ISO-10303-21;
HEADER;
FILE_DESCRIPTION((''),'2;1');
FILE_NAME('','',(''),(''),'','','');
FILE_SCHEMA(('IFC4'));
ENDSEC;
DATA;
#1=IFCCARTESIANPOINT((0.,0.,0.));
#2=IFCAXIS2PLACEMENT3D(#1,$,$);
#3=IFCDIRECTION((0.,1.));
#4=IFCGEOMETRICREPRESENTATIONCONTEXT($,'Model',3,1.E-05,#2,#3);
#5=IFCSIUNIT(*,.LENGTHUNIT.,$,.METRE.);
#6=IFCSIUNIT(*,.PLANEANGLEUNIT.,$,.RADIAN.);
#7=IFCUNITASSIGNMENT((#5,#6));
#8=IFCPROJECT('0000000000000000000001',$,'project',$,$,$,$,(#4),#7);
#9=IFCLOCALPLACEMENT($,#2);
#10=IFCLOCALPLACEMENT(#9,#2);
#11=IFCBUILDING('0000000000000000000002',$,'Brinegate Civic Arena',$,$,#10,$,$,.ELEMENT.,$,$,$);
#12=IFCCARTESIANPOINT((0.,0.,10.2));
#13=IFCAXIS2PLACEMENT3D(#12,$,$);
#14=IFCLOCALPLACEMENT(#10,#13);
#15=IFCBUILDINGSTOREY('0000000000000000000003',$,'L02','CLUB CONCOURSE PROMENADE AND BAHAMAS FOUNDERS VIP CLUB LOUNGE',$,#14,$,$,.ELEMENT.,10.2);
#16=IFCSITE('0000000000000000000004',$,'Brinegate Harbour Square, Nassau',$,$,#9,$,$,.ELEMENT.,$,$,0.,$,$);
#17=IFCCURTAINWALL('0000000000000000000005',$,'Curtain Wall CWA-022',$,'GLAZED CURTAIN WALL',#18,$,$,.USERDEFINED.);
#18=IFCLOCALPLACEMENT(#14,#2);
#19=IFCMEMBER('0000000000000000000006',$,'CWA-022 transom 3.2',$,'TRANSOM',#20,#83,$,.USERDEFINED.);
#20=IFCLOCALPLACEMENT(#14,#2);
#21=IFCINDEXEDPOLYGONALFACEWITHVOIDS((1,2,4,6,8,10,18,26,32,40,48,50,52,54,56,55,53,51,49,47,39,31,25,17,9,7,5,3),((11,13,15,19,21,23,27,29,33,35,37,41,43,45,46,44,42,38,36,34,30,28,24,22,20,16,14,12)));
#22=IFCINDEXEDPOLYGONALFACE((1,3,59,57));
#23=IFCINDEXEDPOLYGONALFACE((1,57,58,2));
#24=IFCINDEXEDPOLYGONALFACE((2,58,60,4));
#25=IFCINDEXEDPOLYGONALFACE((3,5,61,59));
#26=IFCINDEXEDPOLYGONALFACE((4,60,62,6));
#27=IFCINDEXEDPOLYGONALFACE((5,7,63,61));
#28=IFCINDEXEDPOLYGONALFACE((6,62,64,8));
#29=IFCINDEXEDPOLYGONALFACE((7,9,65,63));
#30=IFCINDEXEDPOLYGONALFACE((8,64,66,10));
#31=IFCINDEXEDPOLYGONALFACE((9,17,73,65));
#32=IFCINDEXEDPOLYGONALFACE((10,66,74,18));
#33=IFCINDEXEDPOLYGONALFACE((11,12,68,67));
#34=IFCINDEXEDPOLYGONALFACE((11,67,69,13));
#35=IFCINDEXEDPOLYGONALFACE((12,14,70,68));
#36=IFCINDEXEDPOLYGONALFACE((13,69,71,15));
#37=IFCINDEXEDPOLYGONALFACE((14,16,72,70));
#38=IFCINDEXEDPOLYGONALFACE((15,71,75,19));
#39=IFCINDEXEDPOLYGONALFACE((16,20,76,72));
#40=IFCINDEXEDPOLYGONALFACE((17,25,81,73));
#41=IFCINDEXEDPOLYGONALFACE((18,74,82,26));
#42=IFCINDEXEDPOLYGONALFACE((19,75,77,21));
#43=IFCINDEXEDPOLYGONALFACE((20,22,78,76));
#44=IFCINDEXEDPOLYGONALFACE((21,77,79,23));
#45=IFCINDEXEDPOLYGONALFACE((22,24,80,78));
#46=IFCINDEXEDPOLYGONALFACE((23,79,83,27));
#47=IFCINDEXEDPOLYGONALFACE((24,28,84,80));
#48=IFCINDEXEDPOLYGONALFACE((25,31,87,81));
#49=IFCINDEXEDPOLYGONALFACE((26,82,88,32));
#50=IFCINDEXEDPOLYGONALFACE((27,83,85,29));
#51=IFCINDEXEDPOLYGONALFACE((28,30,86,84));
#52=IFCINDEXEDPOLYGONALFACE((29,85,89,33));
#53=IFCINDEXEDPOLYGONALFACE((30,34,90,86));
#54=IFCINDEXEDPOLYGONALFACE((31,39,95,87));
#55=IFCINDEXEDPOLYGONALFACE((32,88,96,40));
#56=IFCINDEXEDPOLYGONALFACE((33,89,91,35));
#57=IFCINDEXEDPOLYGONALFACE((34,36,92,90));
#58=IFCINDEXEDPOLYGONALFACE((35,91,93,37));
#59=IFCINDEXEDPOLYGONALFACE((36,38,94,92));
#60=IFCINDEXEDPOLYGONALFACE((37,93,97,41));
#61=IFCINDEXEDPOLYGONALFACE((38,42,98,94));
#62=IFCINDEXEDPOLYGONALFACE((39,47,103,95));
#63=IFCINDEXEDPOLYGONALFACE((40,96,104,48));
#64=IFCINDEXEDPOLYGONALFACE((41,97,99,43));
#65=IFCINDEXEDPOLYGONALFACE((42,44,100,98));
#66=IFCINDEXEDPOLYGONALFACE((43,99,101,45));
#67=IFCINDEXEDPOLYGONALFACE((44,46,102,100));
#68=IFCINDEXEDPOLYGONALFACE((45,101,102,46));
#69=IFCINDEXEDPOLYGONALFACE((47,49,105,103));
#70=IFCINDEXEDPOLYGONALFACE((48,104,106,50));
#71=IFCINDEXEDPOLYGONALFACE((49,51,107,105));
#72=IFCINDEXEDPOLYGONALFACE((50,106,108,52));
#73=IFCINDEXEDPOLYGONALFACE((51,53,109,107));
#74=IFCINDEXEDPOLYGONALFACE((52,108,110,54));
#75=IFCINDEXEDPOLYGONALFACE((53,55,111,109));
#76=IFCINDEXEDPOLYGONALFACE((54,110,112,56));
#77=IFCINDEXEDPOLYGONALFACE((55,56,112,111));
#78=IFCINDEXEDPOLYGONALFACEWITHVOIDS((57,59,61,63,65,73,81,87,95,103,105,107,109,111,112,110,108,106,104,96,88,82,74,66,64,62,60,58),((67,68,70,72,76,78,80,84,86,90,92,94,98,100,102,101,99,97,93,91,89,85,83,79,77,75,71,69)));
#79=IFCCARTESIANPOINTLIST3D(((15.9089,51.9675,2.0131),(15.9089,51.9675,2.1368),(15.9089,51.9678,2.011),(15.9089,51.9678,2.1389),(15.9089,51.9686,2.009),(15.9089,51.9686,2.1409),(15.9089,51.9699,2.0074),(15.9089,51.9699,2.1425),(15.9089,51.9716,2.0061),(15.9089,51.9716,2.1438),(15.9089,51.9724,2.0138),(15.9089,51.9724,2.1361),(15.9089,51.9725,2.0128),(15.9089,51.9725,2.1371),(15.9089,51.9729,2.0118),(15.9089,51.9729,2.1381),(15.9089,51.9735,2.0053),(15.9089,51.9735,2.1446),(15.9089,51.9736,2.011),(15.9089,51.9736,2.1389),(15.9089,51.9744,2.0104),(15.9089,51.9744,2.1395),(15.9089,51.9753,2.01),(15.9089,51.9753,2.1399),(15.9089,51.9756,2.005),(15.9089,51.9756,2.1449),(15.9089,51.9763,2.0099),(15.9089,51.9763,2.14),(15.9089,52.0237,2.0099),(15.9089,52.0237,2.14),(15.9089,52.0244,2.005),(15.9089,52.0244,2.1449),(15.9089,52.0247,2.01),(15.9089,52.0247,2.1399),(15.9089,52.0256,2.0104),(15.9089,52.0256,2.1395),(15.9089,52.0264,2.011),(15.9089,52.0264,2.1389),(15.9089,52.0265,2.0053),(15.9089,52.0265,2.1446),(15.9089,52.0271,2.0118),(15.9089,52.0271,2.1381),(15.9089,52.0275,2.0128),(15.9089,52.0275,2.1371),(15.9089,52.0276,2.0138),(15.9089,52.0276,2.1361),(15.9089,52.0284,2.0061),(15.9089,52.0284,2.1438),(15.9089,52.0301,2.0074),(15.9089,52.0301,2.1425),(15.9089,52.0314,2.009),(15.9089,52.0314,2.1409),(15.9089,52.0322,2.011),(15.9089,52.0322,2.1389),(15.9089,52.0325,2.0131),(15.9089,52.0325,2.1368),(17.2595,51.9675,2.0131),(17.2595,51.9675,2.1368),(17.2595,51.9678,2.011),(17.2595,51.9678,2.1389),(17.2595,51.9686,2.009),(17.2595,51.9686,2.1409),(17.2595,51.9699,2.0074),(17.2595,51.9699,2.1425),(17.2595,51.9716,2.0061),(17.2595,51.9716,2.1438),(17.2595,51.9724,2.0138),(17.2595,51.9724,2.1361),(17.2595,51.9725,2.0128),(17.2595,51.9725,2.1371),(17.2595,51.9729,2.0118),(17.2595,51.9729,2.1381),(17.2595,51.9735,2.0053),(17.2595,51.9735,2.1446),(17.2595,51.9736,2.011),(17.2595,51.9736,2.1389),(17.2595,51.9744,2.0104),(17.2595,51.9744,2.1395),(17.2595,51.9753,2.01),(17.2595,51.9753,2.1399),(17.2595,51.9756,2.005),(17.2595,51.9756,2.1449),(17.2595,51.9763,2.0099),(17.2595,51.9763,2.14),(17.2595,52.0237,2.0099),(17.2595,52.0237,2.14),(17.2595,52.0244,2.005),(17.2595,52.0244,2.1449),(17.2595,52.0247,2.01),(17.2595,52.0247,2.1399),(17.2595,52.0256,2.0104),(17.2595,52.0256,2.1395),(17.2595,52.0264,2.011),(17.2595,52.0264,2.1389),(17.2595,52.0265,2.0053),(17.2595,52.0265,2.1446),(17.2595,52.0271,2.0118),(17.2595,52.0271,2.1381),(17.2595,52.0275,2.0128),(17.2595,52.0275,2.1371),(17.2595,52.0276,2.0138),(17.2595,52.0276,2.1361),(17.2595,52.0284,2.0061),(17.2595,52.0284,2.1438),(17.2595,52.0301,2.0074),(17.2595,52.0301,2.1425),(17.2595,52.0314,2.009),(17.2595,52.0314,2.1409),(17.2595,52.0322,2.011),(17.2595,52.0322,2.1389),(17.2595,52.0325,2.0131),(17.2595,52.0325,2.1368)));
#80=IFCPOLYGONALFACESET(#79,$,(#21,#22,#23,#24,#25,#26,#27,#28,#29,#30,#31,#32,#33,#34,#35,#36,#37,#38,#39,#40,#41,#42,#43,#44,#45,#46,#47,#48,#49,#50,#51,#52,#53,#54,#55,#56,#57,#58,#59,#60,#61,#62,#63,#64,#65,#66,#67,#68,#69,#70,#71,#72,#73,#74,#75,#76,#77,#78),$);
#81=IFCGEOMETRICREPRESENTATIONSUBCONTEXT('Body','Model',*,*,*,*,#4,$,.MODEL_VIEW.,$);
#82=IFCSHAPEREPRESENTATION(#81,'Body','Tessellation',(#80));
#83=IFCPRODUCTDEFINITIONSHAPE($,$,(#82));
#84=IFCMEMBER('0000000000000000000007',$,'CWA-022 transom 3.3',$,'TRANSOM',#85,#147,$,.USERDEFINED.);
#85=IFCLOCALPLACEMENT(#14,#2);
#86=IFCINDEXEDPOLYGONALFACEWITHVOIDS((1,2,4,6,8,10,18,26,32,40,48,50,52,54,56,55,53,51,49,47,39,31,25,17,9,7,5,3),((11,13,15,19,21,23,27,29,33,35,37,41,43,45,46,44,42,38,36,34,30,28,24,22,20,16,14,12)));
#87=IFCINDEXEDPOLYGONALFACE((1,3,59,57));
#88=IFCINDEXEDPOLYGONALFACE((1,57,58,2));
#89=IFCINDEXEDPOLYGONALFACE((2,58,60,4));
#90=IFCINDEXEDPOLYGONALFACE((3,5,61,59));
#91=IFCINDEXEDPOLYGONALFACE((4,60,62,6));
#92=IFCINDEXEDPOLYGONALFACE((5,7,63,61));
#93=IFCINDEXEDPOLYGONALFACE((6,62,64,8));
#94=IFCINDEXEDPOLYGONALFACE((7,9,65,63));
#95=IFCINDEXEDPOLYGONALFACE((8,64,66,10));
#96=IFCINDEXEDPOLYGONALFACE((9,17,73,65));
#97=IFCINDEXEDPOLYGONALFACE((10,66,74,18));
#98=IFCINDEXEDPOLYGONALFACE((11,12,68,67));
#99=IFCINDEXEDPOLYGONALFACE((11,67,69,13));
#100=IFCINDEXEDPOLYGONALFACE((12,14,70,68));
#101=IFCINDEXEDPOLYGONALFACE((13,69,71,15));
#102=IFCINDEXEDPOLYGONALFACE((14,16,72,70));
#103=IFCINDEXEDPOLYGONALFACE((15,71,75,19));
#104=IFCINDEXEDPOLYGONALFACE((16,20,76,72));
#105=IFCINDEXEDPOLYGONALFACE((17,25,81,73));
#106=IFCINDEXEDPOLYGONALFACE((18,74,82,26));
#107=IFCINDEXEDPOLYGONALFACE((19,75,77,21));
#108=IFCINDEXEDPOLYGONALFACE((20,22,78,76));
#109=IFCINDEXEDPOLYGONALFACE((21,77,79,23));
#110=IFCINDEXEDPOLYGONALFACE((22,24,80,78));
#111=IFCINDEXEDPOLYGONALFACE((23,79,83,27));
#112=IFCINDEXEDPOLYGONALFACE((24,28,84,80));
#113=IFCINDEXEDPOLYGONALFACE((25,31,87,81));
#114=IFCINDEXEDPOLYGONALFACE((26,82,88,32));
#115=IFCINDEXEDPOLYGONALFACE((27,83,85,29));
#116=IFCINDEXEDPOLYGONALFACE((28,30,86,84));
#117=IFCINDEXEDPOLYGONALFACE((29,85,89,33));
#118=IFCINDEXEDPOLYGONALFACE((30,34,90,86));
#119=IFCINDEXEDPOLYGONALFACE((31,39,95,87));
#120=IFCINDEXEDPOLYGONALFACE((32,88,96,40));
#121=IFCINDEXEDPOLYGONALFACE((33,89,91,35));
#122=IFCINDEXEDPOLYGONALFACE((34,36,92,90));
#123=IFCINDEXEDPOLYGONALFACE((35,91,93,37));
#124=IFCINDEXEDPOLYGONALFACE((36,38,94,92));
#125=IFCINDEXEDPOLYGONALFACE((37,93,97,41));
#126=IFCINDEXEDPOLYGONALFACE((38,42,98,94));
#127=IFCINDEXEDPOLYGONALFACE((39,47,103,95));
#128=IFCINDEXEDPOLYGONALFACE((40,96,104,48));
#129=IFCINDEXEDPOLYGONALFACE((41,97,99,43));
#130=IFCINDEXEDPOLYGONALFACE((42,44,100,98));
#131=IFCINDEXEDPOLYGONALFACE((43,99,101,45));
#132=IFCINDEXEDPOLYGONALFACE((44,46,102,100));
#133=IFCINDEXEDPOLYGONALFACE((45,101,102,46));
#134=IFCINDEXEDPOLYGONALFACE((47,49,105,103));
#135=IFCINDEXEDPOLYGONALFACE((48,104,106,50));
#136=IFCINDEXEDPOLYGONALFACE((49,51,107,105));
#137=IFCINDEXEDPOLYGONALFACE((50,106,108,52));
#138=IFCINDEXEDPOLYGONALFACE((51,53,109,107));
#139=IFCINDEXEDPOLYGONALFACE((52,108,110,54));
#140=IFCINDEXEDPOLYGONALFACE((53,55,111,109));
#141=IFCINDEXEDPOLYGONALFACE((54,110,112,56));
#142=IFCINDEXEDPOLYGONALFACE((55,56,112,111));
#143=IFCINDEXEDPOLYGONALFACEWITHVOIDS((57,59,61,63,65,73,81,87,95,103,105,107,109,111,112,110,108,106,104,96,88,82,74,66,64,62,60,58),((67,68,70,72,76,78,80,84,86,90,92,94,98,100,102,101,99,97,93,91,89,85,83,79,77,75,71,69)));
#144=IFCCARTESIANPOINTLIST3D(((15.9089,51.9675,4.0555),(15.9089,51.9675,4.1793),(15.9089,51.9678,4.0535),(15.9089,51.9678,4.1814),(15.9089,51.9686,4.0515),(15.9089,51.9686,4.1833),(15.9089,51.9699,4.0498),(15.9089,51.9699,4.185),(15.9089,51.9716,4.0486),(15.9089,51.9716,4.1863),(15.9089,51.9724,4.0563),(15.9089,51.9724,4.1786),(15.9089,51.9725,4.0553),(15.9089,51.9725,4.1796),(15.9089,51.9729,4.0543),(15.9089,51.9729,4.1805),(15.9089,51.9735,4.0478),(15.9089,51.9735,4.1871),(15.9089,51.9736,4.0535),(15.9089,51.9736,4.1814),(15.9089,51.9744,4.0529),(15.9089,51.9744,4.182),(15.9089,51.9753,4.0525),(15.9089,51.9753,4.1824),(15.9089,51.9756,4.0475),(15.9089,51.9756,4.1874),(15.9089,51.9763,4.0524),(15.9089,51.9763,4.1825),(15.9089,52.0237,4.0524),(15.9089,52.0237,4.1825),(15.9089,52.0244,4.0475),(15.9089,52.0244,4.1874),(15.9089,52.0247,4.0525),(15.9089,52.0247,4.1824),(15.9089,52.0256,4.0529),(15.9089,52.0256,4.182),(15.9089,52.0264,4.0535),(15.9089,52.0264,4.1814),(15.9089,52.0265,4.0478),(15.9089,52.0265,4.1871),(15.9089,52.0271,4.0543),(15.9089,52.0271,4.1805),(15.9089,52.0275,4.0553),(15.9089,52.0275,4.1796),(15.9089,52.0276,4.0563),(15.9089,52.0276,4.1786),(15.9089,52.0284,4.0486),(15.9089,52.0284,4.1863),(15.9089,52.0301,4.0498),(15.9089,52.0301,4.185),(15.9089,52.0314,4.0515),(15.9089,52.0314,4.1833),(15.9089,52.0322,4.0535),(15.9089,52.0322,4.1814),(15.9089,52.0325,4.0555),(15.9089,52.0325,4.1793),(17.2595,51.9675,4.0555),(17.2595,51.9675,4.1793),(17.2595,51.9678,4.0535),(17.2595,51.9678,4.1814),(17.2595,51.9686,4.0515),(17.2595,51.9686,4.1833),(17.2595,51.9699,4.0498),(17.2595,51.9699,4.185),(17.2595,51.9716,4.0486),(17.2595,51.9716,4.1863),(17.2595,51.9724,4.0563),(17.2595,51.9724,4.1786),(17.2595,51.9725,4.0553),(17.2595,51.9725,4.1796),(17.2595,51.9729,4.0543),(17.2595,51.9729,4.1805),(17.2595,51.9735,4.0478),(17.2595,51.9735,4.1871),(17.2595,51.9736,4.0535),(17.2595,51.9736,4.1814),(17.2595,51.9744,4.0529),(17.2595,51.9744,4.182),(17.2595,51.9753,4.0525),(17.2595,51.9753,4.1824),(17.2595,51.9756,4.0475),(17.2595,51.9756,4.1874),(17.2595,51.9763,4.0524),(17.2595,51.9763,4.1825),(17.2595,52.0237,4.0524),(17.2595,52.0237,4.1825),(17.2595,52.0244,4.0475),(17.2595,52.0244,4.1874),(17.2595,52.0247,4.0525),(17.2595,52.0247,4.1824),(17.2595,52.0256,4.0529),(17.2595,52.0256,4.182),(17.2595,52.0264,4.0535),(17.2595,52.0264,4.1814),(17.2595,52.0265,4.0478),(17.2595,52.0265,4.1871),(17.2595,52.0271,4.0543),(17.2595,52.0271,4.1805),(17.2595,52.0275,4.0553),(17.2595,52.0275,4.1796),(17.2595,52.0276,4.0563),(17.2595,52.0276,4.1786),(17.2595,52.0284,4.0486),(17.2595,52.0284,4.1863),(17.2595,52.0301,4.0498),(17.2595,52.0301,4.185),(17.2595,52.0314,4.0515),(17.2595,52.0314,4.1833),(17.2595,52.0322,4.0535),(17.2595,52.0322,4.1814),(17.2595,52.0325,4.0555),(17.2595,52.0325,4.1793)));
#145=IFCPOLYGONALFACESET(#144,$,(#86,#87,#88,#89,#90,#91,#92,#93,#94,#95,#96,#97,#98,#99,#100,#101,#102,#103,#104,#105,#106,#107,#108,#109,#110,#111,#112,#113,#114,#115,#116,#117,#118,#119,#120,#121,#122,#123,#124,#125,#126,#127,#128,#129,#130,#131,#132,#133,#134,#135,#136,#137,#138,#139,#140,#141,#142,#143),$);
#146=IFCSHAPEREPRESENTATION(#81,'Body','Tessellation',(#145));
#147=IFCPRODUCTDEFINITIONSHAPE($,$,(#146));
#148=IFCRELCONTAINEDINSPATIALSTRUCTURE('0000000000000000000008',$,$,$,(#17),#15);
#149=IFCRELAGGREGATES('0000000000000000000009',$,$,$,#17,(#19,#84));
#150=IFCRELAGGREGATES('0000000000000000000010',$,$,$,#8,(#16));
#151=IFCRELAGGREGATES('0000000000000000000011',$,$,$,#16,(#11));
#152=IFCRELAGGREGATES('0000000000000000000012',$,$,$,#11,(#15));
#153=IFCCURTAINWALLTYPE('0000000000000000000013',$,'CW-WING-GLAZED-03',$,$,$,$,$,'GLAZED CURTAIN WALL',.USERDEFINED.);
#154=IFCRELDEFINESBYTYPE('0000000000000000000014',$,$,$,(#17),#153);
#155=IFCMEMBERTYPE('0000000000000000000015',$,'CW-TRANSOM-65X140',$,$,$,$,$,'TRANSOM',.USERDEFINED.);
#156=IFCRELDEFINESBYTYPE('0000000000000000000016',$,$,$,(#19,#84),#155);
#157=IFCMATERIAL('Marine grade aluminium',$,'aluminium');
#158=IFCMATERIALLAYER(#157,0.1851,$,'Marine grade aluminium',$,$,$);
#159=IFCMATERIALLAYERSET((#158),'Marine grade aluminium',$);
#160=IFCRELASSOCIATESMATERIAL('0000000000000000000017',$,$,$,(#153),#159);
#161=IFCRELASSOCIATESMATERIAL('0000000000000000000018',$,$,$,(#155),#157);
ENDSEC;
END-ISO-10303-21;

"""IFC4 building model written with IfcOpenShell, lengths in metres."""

from ifc_helpers import new_model, si_unit, direction, frame, origin, origin_2d, place, context, subcontext, project, spatial, hollow_rectangle, extrude, material, layer, layer_set, material_profile, profile_set, type_object, element, aggregate, save


model = new_model("IFC4")

# Units and contexts
model_context = context("Model", 3, precision=1e-05, world=origin(), true_north=direction((0.0, 1.0)))
body_context = subcontext(model_context, "Body", "Model", "MODEL_VIEW")
ifc_project = project(units=[si_unit("LENGTHUNIT", "METRE"), si_unit("PLANEANGLEUNIT", "RADIAN")], contexts=[model_context])

# Site, building, storey
site_placement = place(None, origin())
site = spatial("IfcSite", under=ifc_project, at=site_placement, Name="Brinegate Harbour Square, Nassau", CompositionType="ELEMENT", RefElevation=0.0)
building_placement = place(site_placement, origin())
building = spatial("IfcBuilding", under=site, at=building_placement, Name="Brinegate Civic Arena", CompositionType="ELEMENT")
storey_placement = place(building_placement, frame((0.0, 0.0, 10.2)))
storey = spatial("IfcBuildingStorey", under=building, at=storey_placement, Name="L02", Description="CLUB CONCOURSE PROMENADE AND BAHAMAS FOUNDERS VIP CLUB LOUNGE", CompositionType="ELEMENT", Elevation=10.2)

# Curtain wall, members
ifc_material_1 = material(Name="Marine grade aluminium", Category="aluminium")
ifc_layer_1 = layer(ifc_material_1, 0.1851, Name="Marine grade aluminium")
ifc_layer_set_1 = layer_set([ifc_layer_1], Name="Marine grade aluminium")
curtain_wall_type = type_object("IfcCurtainWallType", Name="CW-WING-GLAZED-03", ElementType="GLAZED CURTAIN WALL", PredefinedType="USERDEFINED", material=ifc_layer_set_1)
curtain_wall_placement = place(storey_placement, origin())
curtain_wall = element("IfcCurtainWall", 1, at=curtain_wall_placement, inside=storey, type_object=curtain_wall_type, Name="Curtain Wall CWA-022", ObjectType="GLAZED CURTAIN WALL", PredefinedType="USERDEFINED")
ifc_material_profile_1 = material_profile(ifc_material_1, hollow_rectangle(XDim=0.0649, YDim=0.1399, WallThickness=0.0049, InnerFilletRadius=0.0039, OuterFilletRadius=0.0081, at=origin_2d()), Name="TRN65X140")
ifc_profile_set_1 = profile_set([ifc_material_profile_1], Name="Marine grade aluminium")
member_type_1 = type_object("IfcMemberType", Name="CW-TRANSOM-65X140", ElementType="TRANSOM", PredefinedType="USERDEFINED", material=ifc_profile_set_1)
member_1_placement = place(storey_placement, frame((15.9089, 52.0, 2.075), z_axis=(1.0, 0.0, 0.0), x_axis=(0.0, 1.0, 0.0)))
member_1 = element("IfcMember", 2, at=member_1_placement, type_object=member_type_1, Name="CWA-022 transom 3.2", ObjectType="TRANSOM", PredefinedType="USERDEFINED", context=body_context, shape_type="SweptSolid", body=[
    extrude(hollow_rectangle(XDim=0.0649, YDim=0.1399, WallThickness=0.0049, InnerFilletRadius=0.0039, OuterFilletRadius=0.0081, at=origin_2d()), origin(), (0.0, 0.0, 1.0), 1.3506),
])
member_2_placement = place(storey_placement, frame((15.9089, 52.0, 4.1174), z_axis=(1.0, 0.0, 0.0), x_axis=(0.0, 1.0, 0.0)))
member_2 = element("IfcMember", 3, at=member_2_placement, type_object=member_type_1, Name="CWA-022 transom 3.3", ObjectType="TRANSOM", PredefinedType="USERDEFINED", context=body_context, shape_type="SweptSolid", body=[
    extrude(hollow_rectangle(XDim=0.0649, YDim=0.1399, WallThickness=0.0049, InnerFilletRadius=0.0039, OuterFilletRadius=0.0081, at=origin_2d()), origin(), (0.0, 0.0, 1.0), 1.3506),
])
aggregate(curtain_wall, [member_1, member_2])

save(model, "model.ifc")
